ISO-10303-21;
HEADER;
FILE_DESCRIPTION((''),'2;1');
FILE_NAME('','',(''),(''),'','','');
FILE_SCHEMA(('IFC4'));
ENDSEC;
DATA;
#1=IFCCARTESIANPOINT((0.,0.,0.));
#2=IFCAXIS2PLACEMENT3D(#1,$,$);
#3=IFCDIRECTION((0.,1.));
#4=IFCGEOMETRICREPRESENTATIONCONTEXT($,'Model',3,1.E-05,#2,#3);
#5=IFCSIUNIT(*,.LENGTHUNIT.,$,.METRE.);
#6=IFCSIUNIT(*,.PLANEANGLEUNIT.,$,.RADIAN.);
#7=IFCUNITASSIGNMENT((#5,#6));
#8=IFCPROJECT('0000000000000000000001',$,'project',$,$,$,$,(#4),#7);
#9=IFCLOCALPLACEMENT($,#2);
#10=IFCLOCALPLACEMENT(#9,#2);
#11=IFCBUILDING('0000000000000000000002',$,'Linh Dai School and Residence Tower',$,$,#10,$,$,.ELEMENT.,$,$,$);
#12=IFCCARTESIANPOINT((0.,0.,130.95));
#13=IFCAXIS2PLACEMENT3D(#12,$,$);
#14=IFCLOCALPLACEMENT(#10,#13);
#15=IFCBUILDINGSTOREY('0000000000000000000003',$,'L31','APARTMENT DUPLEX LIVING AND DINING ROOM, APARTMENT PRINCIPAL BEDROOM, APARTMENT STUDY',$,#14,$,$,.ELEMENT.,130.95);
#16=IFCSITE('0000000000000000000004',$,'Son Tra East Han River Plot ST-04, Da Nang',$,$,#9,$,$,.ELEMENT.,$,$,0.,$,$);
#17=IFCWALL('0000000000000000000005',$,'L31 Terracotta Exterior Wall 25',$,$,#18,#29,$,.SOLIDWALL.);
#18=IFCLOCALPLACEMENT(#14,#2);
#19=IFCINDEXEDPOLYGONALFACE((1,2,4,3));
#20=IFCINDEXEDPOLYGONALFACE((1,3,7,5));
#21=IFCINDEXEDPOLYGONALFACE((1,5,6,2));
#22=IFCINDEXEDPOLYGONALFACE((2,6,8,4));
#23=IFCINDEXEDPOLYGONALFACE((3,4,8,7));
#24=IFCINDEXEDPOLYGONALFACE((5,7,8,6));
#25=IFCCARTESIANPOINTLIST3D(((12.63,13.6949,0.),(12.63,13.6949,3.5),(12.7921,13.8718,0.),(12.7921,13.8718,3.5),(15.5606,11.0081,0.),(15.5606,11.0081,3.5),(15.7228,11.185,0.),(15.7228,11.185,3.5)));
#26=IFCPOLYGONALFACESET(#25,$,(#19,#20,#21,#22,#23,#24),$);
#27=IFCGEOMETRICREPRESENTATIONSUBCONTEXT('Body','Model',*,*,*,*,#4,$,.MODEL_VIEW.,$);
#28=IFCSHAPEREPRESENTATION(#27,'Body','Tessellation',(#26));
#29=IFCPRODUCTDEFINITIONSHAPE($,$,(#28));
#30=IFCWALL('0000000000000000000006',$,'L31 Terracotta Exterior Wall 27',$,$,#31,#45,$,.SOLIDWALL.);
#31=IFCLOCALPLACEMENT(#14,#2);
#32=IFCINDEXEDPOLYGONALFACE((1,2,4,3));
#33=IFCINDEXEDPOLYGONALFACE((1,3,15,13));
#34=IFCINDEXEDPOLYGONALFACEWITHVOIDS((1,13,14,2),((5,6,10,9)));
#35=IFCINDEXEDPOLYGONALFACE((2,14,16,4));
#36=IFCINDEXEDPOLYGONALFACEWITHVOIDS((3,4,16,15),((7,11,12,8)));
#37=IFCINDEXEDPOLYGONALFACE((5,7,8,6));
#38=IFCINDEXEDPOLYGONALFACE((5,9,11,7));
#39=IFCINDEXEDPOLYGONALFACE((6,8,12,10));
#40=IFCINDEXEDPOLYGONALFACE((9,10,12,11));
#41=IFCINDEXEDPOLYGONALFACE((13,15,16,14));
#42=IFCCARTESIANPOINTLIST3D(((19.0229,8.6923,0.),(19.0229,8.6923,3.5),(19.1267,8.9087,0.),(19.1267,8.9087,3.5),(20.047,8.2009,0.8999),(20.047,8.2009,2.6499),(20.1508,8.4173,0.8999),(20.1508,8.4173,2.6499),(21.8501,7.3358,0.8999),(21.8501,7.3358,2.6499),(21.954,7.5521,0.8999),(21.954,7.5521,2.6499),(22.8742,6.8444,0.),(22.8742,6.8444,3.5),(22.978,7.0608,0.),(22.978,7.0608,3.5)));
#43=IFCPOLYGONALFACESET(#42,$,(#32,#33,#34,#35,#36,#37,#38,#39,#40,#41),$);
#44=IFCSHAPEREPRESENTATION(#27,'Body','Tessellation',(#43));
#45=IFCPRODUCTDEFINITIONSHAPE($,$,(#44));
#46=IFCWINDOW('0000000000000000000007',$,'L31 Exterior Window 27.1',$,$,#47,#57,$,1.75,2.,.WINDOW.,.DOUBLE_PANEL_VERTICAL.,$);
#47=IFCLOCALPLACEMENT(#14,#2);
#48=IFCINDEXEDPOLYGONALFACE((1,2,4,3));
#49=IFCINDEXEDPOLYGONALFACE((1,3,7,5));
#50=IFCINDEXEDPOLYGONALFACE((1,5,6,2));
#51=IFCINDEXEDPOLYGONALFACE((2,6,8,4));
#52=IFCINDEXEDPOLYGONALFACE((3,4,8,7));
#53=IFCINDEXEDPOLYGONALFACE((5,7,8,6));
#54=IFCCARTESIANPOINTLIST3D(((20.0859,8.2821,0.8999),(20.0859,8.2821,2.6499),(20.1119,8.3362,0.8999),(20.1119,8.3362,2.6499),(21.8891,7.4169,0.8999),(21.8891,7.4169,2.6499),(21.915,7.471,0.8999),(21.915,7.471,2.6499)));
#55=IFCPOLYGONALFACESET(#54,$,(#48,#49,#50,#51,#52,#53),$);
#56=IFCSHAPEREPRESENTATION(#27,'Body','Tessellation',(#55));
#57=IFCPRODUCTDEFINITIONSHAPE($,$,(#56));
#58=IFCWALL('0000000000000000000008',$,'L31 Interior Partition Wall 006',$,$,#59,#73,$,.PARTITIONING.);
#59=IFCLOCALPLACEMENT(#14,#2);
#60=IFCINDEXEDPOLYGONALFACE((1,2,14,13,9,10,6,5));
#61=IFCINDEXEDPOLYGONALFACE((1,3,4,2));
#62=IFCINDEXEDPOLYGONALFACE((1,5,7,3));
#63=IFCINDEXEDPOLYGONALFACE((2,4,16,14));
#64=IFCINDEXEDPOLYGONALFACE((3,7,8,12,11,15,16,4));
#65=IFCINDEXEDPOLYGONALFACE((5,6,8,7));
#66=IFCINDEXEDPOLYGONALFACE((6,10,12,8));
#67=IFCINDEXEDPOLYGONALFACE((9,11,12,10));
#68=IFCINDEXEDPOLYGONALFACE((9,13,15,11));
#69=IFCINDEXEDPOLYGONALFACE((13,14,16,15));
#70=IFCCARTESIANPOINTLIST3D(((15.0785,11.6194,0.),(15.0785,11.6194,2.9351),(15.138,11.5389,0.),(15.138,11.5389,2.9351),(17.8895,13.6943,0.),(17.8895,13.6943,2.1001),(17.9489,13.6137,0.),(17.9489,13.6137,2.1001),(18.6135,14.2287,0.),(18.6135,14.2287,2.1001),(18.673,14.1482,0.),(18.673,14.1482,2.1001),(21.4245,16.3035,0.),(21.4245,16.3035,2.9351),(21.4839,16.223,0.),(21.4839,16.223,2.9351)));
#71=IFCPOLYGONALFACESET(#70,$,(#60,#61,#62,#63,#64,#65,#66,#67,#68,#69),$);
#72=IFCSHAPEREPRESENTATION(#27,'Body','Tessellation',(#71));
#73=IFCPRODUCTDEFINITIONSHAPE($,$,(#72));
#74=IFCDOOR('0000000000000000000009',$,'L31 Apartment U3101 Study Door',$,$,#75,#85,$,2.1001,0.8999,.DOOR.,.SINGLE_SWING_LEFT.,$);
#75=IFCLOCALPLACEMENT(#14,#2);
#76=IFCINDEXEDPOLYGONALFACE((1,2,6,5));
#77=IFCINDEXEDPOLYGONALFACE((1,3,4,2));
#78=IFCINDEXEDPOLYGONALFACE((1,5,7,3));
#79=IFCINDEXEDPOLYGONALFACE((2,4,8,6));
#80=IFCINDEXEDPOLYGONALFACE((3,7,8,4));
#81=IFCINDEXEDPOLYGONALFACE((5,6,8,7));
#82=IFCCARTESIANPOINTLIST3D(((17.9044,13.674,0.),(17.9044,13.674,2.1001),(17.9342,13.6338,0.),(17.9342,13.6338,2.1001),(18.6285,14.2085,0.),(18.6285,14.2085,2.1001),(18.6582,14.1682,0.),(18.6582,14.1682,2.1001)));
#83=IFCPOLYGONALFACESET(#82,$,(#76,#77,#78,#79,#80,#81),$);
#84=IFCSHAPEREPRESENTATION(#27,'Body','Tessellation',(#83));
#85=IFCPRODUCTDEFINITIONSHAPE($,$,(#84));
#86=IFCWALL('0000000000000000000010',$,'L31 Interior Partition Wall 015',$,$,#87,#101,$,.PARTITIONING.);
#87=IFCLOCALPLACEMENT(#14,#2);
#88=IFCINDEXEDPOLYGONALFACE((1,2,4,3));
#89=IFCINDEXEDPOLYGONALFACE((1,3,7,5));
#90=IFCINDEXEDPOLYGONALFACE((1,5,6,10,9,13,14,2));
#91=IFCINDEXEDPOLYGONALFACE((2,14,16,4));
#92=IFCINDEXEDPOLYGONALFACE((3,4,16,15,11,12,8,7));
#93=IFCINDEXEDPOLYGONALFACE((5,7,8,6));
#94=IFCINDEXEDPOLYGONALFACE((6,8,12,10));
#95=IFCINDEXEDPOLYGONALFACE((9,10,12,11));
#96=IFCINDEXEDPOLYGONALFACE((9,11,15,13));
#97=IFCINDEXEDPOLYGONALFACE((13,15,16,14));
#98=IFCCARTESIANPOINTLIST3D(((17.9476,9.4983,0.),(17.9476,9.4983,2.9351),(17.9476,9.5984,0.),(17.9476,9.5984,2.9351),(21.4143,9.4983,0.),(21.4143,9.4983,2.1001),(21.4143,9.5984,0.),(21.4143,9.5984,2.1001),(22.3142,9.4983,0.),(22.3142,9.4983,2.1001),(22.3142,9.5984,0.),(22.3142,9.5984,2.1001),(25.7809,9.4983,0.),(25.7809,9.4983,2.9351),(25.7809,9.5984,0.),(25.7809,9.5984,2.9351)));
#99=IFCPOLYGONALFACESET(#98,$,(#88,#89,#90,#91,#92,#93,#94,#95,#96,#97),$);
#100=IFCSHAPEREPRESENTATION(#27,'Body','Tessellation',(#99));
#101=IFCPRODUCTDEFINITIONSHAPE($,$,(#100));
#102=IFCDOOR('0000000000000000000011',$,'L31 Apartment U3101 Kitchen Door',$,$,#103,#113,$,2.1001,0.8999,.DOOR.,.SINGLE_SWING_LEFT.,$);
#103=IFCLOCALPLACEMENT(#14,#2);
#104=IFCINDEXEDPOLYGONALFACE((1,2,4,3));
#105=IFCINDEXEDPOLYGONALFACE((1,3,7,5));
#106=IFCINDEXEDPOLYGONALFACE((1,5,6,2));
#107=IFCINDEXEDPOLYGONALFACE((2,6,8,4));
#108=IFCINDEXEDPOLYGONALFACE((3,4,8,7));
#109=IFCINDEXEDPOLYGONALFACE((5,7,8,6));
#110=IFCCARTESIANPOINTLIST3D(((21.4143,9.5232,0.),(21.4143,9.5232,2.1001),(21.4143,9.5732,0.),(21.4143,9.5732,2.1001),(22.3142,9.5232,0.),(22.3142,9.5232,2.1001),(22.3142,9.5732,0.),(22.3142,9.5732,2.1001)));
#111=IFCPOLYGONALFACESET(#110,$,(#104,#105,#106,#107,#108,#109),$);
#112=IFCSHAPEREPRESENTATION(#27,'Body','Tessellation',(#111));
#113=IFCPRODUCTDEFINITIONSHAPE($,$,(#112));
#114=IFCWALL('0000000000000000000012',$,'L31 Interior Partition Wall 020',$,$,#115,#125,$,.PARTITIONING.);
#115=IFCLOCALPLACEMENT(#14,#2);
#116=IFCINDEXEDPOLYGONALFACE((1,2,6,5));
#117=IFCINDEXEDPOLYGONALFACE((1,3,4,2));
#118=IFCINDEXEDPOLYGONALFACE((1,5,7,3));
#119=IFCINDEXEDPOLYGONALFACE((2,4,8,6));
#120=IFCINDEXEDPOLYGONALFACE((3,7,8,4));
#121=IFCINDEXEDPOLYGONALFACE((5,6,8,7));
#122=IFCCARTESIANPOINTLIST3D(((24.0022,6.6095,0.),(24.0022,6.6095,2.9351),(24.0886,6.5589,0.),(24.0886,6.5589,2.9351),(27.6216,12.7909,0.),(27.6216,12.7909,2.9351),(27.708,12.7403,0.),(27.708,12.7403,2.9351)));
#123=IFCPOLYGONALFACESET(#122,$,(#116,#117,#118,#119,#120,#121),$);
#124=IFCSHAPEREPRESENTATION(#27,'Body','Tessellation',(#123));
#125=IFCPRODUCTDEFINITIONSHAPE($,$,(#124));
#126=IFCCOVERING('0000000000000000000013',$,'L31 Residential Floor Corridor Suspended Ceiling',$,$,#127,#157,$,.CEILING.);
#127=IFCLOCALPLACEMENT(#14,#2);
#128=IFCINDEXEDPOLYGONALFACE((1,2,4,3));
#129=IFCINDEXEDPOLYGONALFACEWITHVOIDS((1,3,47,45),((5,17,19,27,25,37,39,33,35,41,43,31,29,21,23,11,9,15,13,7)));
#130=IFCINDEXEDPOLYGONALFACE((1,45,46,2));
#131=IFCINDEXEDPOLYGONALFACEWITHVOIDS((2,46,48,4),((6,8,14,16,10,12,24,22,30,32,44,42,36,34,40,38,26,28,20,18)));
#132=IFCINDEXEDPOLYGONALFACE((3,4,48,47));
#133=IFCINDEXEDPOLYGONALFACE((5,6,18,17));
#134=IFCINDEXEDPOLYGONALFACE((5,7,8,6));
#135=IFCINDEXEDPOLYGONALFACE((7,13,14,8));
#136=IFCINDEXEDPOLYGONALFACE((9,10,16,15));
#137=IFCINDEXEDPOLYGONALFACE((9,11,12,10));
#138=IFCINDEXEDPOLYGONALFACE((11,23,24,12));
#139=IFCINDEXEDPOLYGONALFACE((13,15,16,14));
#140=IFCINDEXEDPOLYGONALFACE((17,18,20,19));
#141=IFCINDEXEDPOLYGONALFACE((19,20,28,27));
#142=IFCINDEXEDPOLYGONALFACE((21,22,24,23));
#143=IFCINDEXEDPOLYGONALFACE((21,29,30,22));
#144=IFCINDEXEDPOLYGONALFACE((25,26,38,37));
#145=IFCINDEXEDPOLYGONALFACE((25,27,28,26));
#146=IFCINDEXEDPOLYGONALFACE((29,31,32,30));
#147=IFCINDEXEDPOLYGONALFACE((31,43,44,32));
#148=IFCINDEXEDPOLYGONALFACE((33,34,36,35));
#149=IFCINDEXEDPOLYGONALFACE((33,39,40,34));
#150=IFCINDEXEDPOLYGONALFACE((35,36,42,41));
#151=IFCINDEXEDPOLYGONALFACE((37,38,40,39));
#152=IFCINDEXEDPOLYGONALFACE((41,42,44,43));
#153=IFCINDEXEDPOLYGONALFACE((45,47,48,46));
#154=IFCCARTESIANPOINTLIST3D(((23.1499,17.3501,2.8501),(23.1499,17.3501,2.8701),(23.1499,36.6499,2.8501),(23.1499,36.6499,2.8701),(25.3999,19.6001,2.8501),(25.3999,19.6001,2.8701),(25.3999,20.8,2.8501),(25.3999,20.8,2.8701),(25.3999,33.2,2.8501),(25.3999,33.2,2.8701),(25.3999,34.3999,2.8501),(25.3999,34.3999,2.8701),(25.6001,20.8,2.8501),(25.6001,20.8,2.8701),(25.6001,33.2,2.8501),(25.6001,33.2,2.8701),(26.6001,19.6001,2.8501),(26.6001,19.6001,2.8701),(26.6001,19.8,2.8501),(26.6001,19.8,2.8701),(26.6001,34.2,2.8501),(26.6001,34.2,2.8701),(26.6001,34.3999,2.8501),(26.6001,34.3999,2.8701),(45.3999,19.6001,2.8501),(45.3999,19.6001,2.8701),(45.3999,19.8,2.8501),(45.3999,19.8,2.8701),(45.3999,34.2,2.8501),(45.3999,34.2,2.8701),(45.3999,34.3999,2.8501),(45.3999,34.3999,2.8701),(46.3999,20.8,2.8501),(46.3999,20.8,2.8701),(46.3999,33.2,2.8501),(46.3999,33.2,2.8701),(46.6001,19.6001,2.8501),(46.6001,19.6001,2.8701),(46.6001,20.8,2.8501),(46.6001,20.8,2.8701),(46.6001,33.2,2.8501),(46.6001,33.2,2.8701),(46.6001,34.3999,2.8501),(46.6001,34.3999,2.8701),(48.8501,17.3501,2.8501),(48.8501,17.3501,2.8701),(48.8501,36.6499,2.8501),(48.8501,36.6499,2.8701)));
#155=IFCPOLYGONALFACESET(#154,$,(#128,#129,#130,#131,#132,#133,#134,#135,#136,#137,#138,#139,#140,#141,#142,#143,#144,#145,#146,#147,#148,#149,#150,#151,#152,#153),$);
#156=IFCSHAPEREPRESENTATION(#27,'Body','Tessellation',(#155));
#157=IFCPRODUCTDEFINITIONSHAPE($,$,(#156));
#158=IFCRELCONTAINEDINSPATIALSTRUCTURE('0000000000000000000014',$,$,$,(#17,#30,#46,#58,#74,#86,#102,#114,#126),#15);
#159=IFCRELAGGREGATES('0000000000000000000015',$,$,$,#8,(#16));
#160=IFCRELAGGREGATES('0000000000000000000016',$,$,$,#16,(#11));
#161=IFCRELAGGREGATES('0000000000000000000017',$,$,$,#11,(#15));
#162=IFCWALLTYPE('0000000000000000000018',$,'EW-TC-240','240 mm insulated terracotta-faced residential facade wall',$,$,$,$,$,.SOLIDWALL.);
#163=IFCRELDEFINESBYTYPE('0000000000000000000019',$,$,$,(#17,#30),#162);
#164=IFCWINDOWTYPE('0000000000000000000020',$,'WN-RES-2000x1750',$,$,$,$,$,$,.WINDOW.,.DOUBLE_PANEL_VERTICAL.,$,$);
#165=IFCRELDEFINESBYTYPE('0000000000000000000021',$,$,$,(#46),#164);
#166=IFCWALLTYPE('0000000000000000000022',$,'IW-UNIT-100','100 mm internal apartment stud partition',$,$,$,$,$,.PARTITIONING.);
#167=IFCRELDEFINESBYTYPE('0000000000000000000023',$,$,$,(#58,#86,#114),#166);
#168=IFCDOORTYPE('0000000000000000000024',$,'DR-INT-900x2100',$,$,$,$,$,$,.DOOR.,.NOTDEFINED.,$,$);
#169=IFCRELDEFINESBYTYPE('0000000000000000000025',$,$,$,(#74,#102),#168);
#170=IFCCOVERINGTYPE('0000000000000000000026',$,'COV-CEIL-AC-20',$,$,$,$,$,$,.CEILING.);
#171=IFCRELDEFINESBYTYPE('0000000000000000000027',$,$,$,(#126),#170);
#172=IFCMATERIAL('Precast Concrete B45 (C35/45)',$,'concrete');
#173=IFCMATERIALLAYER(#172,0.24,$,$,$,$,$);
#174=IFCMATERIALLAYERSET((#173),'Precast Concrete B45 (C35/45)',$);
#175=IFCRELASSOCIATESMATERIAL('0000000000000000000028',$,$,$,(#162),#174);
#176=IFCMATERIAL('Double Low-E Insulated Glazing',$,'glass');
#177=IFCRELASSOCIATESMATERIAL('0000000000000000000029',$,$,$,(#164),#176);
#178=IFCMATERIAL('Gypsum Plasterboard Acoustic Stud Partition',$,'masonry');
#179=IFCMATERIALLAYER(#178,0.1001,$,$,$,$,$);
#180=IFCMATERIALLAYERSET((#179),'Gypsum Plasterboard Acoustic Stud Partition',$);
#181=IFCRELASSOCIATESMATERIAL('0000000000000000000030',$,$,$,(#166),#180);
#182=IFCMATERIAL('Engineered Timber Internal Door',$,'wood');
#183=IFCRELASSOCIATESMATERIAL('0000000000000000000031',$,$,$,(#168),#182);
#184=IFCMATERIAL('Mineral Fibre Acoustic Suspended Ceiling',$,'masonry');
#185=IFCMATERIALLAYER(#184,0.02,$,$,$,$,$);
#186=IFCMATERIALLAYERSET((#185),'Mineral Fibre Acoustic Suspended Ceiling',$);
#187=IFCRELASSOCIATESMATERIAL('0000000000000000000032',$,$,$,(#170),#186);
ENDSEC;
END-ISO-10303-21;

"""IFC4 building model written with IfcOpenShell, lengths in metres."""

from ifc_helpers import new_model, si_unit, direction, frame, frame_2d, origin, origin_2d, place, context, subcontext, project, spatial, polyline, rectangle, outline, extrude, source, transform, mapped, material, layer, layer_set, type_object, element, fill, save


model = new_model("IFC4")

# Units and contexts
model_context = context("Model", 3, precision=1e-05, world=origin(), true_north=direction((0.0, 1.0)))
body_context = subcontext(model_context, "Body", "Model", "MODEL_VIEW")
ifc_project = project(units=[si_unit("LENGTHUNIT", "METRE"), si_unit("PLANEANGLEUNIT", "RADIAN")], contexts=[model_context])

# Site, building, storey
site_placement = place(None, origin())
site = spatial("IfcSite", under=ifc_project, at=site_placement, Name="Son Tra East Han River Plot ST-04, Da Nang", CompositionType="ELEMENT", RefElevation=0.0)
building_placement = place(site_placement, origin())
building = spatial("IfcBuilding", under=site, at=building_placement, Name="Linh Dai School and Residence Tower", CompositionType="ELEMENT")
storey_placement = place(building_placement, frame((0.0, 0.0, 130.95)))
storey = spatial("IfcBuildingStorey", under=building, at=storey_placement, Name="L31", Description="APARTMENT DUPLEX LIVING AND DINING ROOM, APARTMENT PRINCIPAL BEDROOM, APARTMENT STUDY", CompositionType="ELEMENT", Elevation=130.95)

# Shared definitions
ifc_material_1 = material(Name="Precast Concrete B45 (C35/45)", Category="concrete")

# Wall
ifc_layer_1 = layer(ifc_material_1, 0.24)
ifc_layer_set_1 = layer_set([ifc_layer_1], Name="Precast Concrete B45 (C35/45)")
wall_type_1 = type_object("IfcWallType", Name="EW-TC-240", Description="240 mm insulated terracotta-faced residential facade wall", PredefinedType="SOLIDWALL", material=ifc_layer_set_1)
wall_1_placement = place(storey_placement, frame((15.6416, 11.0967, 0.0), z_axis=(0.0, 0.0, 1.0), x_axis=(-0.737113, 0.675769, 0.0)))
element("IfcWall", 1, at=wall_1_placement, inside=storey, type_object=wall_type_1, Name="L31 Terracotta Exterior Wall 25", PredefinedType="SOLIDWALL", context=body_context, shape_type="SweptSolid", body=[
    extrude(rectangle(XDim=3.9758, YDim=0.24, at=frame_2d((1.9878, 0.0))), origin(), (0.0, 0.0, 1.0), 3.5),
])

# Wall, opening, window
wall_2_placement = place(storey_placement, frame((22.926, 6.9526, 0.0), z_axis=(0.0, 0.0, 1.0), x_axis=(-0.90159, 0.432592, 0.0)))
wall_2 = element("IfcWall", 2, at=wall_2_placement, inside=storey, type_object=wall_type_1, Name="L31 Terracotta Exterior Wall 27", PredefinedType="SOLIDWALL", context=body_context, shape_type="SweptSolid", body=[
    extrude(rectangle(XDim=4.2717, YDim=0.24, at=frame_2d((2.1357, 0.0))), origin(), (0.0, 0.0, 1.0), 3.5),
])
opening_1_placement = place(wall_2_placement, frame((1.1357, 0.0, 0.8999)))
opening_1 = element("IfcOpeningElement", 3, at=opening_1_placement, cuts=wall_2, PredefinedType="OPENING", context=body_context, shape_type="SweptSolid", body=[
    extrude(rectangle(XDim=2.0, YDim=1.75, at=origin_2d()), frame((1.0, 0.1299, 0.875), z_axis=(0.0, -1.0, 0.0), x_axis=(1.0, 0.0, 0.0)), (0.0, 0.0, 1.0), 0.26),
])
ifc_material_2 = material(Name="Double Low-E Insulated Glazing", Category="glass")
window_type = type_object("IfcWindowType", Name="WN-RES-2000x1750", PartitioningType="DOUBLE_PANEL_VERTICAL", PredefinedType="WINDOW", material=ifc_material_2)
shared_shape_1 = source(origin(), body_context, "Body", "SweptSolid", [
    extrude(rectangle(XDim=2.0, YDim=1.75, at=origin_2d()), frame((1.0, 0.03, 0.875), z_axis=(0.0, -1.0, 0.0), x_axis=(1.0, 0.0, 0.0)), (0.0, 0.0, 1.0), 0.0601),
])
window_placement = place(opening_1_placement, origin())
window = element("IfcWindow", 4, at=window_placement, inside=storey, type_object=window_type, Name="L31 Exterior Window 27.1", OverallHeight=1.75, OverallWidth=2.0, PartitioningType="DOUBLE_PANEL_VERTICAL", PredefinedType="WINDOW", context=body_context, shape_type="MappedRepresentation", body=[
    mapped(shared_shape_1, transform((0.0, 0.0, 0.0), x_axis=(1.0, 0.0, 0.0), y_axis=(0.0, 1.0, 0.0), z_axis=(0.0, 0.0, 1.0), scale=1.0)),
])
fill(opening_1, window)

# Walls, openings, doors
ifc_material_3 = material(Name="Gypsum Plasterboard Acoustic Stud Partition", Category="masonry")
ifc_layer_2 = layer(ifc_material_3, 0.1001)
ifc_layer_set_2 = layer_set([ifc_layer_2], Name="Gypsum Plasterboard Acoustic Stud Partition")
wall_type_2 = type_object("IfcWallType", Name="IW-UNIT-100", Description="100 mm internal apartment stud partition", PredefinedType="PARTITIONING", material=ifc_layer_set_2)
wall_3_placement = place(storey_placement, frame((15.1082, 11.5791, 0.0), z_axis=(0.0, 0.0, 1.0), x_axis=(0.804564, 0.593866, 0.0)))
wall_3 = element("IfcWall", 5, at=wall_3_placement, inside=storey, type_object=wall_type_2, Name="L31 Interior Partition Wall 006", PredefinedType="PARTITIONING", context=body_context, shape_type="SweptSolid", body=[
    extrude(rectangle(XDim=7.8875, YDim=0.1001, at=frame_2d((3.9438, 0.0))), origin(), (0.0, 0.0, 1.0), 2.9351),
])
opening_2_placement = place(wall_3_placement, frame((3.4939, 0.0, 0.0)))
opening_2 = element("IfcOpeningElement", 6, at=opening_2_placement, cuts=wall_3, PredefinedType="OPENING", context=body_context, shape_type="SweptSolid", body=[
    extrude(rectangle(XDim=0.8999, YDim=2.1001, at=origin_2d()), frame((0.45, 0.0601, 1.05), z_axis=(0.0, -1.0, 0.0), x_axis=(1.0, 0.0, 0.0)), (0.0, 0.0, 1.0), 0.1201),
])
ifc_material_4 = material(Name="Engineered Timber Internal Door", Category="wood")
door_type_1 = type_object("IfcDoorType", Name="DR-INT-900x2100", OperationType="NOTDEFINED", PredefinedType="DOOR", material=ifc_material_4)
shared_shape_2 = source(origin(), body_context, "Body", "SweptSolid", [
    extrude(rectangle(XDim=0.8999, YDim=2.1001, at=origin_2d()), frame((0.45, 0.0249, 1.05), z_axis=(0.0, -1.0, 0.0), x_axis=(1.0, 0.0, 0.0)), (0.0, 0.0, 1.0), 0.05),
])
door_1_placement = place(opening_2_placement, origin())
door_1 = element("IfcDoor", 7, at=door_1_placement, inside=storey, type_object=door_type_1, Name="L31 Apartment U3101 Study Door", OperationType="SINGLE_SWING_LEFT", OverallHeight=2.1001, OverallWidth=0.8999, PredefinedType="DOOR", context=body_context, shape_type="MappedRepresentation", body=[
    mapped(shared_shape_2, transform((0.0, 0.0, 0.0), x_axis=(1.0, 0.0, 0.0), y_axis=(0.0, 1.0, 0.0), z_axis=(0.0, 0.0, 1.0), scale=1.0)),
])
fill(opening_2, door_1)
wall_4_placement = place(storey_placement, frame((17.9478, 9.5483, 0.0), z_axis=(0.0, 0.0, 1.0), x_axis=(1.0, 0.0, 0.0)))
wall_4 = element("IfcWall", 8, at=wall_4_placement, inside=storey, type_object=wall_type_2, Name="L31 Interior Partition Wall 015", PredefinedType="PARTITIONING", context=body_context, shape_type="SweptSolid", body=[
    extrude(rectangle(XDim=7.8333, YDim=0.1001, at=frame_2d((3.9165, 0.0))), origin(), (0.0, 0.0, 1.0), 2.9351),
])
opening_3_placement = place(wall_4_placement, frame((3.4666, 0.0, 0.0)))
opening_3 = element("IfcOpeningElement", 9, at=opening_3_placement, cuts=wall_4, PredefinedType="OPENING", context=body_context, shape_type="SweptSolid", body=[
    extrude(rectangle(XDim=0.8999, YDim=2.1001, at=origin_2d()), frame((0.45, 0.0601, 1.05), z_axis=(0.0, -1.0, 0.0), x_axis=(1.0, 0.0, 0.0)), (0.0, 0.0, 1.0), 0.1201),
])
door_2_placement = place(opening_3_placement, origin())
door_2 = element("IfcDoor", 10, at=door_2_placement, inside=storey, type_object=door_type_1, Name="L31 Apartment U3101 Kitchen Door", OperationType="SINGLE_SWING_LEFT", OverallHeight=2.1001, OverallWidth=0.8999, PredefinedType="DOOR", context=body_context, shape_type="MappedRepresentation", body=[
    mapped(shared_shape_2, transform((0.0, 0.0, 0.0), x_axis=(1.0, 0.0, 0.0), y_axis=(0.0, 1.0, 0.0), z_axis=(0.0, 0.0, 1.0), scale=1.0)),
])
fill(opening_3, door_2)

# Wall
wall_5_placement = place(storey_placement, frame((24.0454, 6.5842, 0.0), z_axis=(0.0, 0.0, 1.0), x_axis=(0.505284, 0.862953, 0.0)))
element("IfcWall", 11, at=wall_5_placement, inside=storey, type_object=wall_type_2, Name="L31 Interior Partition Wall 020", PredefinedType="PARTITIONING", context=body_context, shape_type="SweptSolid", body=[
    extrude(rectangle(XDim=7.1631, YDim=0.1001, at=frame_2d((3.5815, 0.0))), origin(), (0.0, 0.0, 1.0), 2.9351),
])

# Covering
ifc_material_5 = material(Name="Mineral Fibre Acoustic Suspended Ceiling", Category="masonry")
ifc_layer_3 = layer(ifc_material_5, 0.02)
ifc_layer_set_3 = layer_set([ifc_layer_3], Name="Mineral Fibre Acoustic Suspended Ceiling")
covering_type_1 = type_object("IfcCoveringType", Name="COV-CEIL-AC-20", PredefinedType="CEILING", material=ifc_layer_set_3)
covering_1_placement = place(storey_placement, frame((0.0, 0.0, 2.8501)))
element("IfcCovering", 12, at=covering_1_placement, inside=storey, type_object=covering_type_1, Name="L31 Residential Floor Corridor Suspended Ceiling", PredefinedType="CEILING", context=body_context, shape_type="SweptSolid", body=[
    extrude(outline(polyline([(48.8501, 36.6499), (48.8501, 17.3501), (23.1499, 17.3501), (23.1499, 36.6499), (48.8501, 36.6499)]), holes=[polyline([(26.6001, 34.2), (26.6001, 34.3999), (25.3999, 34.3999), (25.3999, 33.2), (25.6001, 33.2), (25.6001, 20.8), (25.3999, 20.8), (25.3999, 19.6001), (26.6001, 19.6001), (26.6001, 19.8), (45.3999, 19.8), (45.3999, 19.6001), (46.6001, 19.6001), (46.6001, 20.8), (46.3999, 20.8), (46.3999, 33.2), (46.6001, 33.2), (46.6001, 34.3999), (45.3999, 34.3999), (45.3999, 34.2), (26.6001, 34.2)])]), origin(), (0.0, 0.0, 1.0), 0.02),
])

save(model, "model.ifc")
